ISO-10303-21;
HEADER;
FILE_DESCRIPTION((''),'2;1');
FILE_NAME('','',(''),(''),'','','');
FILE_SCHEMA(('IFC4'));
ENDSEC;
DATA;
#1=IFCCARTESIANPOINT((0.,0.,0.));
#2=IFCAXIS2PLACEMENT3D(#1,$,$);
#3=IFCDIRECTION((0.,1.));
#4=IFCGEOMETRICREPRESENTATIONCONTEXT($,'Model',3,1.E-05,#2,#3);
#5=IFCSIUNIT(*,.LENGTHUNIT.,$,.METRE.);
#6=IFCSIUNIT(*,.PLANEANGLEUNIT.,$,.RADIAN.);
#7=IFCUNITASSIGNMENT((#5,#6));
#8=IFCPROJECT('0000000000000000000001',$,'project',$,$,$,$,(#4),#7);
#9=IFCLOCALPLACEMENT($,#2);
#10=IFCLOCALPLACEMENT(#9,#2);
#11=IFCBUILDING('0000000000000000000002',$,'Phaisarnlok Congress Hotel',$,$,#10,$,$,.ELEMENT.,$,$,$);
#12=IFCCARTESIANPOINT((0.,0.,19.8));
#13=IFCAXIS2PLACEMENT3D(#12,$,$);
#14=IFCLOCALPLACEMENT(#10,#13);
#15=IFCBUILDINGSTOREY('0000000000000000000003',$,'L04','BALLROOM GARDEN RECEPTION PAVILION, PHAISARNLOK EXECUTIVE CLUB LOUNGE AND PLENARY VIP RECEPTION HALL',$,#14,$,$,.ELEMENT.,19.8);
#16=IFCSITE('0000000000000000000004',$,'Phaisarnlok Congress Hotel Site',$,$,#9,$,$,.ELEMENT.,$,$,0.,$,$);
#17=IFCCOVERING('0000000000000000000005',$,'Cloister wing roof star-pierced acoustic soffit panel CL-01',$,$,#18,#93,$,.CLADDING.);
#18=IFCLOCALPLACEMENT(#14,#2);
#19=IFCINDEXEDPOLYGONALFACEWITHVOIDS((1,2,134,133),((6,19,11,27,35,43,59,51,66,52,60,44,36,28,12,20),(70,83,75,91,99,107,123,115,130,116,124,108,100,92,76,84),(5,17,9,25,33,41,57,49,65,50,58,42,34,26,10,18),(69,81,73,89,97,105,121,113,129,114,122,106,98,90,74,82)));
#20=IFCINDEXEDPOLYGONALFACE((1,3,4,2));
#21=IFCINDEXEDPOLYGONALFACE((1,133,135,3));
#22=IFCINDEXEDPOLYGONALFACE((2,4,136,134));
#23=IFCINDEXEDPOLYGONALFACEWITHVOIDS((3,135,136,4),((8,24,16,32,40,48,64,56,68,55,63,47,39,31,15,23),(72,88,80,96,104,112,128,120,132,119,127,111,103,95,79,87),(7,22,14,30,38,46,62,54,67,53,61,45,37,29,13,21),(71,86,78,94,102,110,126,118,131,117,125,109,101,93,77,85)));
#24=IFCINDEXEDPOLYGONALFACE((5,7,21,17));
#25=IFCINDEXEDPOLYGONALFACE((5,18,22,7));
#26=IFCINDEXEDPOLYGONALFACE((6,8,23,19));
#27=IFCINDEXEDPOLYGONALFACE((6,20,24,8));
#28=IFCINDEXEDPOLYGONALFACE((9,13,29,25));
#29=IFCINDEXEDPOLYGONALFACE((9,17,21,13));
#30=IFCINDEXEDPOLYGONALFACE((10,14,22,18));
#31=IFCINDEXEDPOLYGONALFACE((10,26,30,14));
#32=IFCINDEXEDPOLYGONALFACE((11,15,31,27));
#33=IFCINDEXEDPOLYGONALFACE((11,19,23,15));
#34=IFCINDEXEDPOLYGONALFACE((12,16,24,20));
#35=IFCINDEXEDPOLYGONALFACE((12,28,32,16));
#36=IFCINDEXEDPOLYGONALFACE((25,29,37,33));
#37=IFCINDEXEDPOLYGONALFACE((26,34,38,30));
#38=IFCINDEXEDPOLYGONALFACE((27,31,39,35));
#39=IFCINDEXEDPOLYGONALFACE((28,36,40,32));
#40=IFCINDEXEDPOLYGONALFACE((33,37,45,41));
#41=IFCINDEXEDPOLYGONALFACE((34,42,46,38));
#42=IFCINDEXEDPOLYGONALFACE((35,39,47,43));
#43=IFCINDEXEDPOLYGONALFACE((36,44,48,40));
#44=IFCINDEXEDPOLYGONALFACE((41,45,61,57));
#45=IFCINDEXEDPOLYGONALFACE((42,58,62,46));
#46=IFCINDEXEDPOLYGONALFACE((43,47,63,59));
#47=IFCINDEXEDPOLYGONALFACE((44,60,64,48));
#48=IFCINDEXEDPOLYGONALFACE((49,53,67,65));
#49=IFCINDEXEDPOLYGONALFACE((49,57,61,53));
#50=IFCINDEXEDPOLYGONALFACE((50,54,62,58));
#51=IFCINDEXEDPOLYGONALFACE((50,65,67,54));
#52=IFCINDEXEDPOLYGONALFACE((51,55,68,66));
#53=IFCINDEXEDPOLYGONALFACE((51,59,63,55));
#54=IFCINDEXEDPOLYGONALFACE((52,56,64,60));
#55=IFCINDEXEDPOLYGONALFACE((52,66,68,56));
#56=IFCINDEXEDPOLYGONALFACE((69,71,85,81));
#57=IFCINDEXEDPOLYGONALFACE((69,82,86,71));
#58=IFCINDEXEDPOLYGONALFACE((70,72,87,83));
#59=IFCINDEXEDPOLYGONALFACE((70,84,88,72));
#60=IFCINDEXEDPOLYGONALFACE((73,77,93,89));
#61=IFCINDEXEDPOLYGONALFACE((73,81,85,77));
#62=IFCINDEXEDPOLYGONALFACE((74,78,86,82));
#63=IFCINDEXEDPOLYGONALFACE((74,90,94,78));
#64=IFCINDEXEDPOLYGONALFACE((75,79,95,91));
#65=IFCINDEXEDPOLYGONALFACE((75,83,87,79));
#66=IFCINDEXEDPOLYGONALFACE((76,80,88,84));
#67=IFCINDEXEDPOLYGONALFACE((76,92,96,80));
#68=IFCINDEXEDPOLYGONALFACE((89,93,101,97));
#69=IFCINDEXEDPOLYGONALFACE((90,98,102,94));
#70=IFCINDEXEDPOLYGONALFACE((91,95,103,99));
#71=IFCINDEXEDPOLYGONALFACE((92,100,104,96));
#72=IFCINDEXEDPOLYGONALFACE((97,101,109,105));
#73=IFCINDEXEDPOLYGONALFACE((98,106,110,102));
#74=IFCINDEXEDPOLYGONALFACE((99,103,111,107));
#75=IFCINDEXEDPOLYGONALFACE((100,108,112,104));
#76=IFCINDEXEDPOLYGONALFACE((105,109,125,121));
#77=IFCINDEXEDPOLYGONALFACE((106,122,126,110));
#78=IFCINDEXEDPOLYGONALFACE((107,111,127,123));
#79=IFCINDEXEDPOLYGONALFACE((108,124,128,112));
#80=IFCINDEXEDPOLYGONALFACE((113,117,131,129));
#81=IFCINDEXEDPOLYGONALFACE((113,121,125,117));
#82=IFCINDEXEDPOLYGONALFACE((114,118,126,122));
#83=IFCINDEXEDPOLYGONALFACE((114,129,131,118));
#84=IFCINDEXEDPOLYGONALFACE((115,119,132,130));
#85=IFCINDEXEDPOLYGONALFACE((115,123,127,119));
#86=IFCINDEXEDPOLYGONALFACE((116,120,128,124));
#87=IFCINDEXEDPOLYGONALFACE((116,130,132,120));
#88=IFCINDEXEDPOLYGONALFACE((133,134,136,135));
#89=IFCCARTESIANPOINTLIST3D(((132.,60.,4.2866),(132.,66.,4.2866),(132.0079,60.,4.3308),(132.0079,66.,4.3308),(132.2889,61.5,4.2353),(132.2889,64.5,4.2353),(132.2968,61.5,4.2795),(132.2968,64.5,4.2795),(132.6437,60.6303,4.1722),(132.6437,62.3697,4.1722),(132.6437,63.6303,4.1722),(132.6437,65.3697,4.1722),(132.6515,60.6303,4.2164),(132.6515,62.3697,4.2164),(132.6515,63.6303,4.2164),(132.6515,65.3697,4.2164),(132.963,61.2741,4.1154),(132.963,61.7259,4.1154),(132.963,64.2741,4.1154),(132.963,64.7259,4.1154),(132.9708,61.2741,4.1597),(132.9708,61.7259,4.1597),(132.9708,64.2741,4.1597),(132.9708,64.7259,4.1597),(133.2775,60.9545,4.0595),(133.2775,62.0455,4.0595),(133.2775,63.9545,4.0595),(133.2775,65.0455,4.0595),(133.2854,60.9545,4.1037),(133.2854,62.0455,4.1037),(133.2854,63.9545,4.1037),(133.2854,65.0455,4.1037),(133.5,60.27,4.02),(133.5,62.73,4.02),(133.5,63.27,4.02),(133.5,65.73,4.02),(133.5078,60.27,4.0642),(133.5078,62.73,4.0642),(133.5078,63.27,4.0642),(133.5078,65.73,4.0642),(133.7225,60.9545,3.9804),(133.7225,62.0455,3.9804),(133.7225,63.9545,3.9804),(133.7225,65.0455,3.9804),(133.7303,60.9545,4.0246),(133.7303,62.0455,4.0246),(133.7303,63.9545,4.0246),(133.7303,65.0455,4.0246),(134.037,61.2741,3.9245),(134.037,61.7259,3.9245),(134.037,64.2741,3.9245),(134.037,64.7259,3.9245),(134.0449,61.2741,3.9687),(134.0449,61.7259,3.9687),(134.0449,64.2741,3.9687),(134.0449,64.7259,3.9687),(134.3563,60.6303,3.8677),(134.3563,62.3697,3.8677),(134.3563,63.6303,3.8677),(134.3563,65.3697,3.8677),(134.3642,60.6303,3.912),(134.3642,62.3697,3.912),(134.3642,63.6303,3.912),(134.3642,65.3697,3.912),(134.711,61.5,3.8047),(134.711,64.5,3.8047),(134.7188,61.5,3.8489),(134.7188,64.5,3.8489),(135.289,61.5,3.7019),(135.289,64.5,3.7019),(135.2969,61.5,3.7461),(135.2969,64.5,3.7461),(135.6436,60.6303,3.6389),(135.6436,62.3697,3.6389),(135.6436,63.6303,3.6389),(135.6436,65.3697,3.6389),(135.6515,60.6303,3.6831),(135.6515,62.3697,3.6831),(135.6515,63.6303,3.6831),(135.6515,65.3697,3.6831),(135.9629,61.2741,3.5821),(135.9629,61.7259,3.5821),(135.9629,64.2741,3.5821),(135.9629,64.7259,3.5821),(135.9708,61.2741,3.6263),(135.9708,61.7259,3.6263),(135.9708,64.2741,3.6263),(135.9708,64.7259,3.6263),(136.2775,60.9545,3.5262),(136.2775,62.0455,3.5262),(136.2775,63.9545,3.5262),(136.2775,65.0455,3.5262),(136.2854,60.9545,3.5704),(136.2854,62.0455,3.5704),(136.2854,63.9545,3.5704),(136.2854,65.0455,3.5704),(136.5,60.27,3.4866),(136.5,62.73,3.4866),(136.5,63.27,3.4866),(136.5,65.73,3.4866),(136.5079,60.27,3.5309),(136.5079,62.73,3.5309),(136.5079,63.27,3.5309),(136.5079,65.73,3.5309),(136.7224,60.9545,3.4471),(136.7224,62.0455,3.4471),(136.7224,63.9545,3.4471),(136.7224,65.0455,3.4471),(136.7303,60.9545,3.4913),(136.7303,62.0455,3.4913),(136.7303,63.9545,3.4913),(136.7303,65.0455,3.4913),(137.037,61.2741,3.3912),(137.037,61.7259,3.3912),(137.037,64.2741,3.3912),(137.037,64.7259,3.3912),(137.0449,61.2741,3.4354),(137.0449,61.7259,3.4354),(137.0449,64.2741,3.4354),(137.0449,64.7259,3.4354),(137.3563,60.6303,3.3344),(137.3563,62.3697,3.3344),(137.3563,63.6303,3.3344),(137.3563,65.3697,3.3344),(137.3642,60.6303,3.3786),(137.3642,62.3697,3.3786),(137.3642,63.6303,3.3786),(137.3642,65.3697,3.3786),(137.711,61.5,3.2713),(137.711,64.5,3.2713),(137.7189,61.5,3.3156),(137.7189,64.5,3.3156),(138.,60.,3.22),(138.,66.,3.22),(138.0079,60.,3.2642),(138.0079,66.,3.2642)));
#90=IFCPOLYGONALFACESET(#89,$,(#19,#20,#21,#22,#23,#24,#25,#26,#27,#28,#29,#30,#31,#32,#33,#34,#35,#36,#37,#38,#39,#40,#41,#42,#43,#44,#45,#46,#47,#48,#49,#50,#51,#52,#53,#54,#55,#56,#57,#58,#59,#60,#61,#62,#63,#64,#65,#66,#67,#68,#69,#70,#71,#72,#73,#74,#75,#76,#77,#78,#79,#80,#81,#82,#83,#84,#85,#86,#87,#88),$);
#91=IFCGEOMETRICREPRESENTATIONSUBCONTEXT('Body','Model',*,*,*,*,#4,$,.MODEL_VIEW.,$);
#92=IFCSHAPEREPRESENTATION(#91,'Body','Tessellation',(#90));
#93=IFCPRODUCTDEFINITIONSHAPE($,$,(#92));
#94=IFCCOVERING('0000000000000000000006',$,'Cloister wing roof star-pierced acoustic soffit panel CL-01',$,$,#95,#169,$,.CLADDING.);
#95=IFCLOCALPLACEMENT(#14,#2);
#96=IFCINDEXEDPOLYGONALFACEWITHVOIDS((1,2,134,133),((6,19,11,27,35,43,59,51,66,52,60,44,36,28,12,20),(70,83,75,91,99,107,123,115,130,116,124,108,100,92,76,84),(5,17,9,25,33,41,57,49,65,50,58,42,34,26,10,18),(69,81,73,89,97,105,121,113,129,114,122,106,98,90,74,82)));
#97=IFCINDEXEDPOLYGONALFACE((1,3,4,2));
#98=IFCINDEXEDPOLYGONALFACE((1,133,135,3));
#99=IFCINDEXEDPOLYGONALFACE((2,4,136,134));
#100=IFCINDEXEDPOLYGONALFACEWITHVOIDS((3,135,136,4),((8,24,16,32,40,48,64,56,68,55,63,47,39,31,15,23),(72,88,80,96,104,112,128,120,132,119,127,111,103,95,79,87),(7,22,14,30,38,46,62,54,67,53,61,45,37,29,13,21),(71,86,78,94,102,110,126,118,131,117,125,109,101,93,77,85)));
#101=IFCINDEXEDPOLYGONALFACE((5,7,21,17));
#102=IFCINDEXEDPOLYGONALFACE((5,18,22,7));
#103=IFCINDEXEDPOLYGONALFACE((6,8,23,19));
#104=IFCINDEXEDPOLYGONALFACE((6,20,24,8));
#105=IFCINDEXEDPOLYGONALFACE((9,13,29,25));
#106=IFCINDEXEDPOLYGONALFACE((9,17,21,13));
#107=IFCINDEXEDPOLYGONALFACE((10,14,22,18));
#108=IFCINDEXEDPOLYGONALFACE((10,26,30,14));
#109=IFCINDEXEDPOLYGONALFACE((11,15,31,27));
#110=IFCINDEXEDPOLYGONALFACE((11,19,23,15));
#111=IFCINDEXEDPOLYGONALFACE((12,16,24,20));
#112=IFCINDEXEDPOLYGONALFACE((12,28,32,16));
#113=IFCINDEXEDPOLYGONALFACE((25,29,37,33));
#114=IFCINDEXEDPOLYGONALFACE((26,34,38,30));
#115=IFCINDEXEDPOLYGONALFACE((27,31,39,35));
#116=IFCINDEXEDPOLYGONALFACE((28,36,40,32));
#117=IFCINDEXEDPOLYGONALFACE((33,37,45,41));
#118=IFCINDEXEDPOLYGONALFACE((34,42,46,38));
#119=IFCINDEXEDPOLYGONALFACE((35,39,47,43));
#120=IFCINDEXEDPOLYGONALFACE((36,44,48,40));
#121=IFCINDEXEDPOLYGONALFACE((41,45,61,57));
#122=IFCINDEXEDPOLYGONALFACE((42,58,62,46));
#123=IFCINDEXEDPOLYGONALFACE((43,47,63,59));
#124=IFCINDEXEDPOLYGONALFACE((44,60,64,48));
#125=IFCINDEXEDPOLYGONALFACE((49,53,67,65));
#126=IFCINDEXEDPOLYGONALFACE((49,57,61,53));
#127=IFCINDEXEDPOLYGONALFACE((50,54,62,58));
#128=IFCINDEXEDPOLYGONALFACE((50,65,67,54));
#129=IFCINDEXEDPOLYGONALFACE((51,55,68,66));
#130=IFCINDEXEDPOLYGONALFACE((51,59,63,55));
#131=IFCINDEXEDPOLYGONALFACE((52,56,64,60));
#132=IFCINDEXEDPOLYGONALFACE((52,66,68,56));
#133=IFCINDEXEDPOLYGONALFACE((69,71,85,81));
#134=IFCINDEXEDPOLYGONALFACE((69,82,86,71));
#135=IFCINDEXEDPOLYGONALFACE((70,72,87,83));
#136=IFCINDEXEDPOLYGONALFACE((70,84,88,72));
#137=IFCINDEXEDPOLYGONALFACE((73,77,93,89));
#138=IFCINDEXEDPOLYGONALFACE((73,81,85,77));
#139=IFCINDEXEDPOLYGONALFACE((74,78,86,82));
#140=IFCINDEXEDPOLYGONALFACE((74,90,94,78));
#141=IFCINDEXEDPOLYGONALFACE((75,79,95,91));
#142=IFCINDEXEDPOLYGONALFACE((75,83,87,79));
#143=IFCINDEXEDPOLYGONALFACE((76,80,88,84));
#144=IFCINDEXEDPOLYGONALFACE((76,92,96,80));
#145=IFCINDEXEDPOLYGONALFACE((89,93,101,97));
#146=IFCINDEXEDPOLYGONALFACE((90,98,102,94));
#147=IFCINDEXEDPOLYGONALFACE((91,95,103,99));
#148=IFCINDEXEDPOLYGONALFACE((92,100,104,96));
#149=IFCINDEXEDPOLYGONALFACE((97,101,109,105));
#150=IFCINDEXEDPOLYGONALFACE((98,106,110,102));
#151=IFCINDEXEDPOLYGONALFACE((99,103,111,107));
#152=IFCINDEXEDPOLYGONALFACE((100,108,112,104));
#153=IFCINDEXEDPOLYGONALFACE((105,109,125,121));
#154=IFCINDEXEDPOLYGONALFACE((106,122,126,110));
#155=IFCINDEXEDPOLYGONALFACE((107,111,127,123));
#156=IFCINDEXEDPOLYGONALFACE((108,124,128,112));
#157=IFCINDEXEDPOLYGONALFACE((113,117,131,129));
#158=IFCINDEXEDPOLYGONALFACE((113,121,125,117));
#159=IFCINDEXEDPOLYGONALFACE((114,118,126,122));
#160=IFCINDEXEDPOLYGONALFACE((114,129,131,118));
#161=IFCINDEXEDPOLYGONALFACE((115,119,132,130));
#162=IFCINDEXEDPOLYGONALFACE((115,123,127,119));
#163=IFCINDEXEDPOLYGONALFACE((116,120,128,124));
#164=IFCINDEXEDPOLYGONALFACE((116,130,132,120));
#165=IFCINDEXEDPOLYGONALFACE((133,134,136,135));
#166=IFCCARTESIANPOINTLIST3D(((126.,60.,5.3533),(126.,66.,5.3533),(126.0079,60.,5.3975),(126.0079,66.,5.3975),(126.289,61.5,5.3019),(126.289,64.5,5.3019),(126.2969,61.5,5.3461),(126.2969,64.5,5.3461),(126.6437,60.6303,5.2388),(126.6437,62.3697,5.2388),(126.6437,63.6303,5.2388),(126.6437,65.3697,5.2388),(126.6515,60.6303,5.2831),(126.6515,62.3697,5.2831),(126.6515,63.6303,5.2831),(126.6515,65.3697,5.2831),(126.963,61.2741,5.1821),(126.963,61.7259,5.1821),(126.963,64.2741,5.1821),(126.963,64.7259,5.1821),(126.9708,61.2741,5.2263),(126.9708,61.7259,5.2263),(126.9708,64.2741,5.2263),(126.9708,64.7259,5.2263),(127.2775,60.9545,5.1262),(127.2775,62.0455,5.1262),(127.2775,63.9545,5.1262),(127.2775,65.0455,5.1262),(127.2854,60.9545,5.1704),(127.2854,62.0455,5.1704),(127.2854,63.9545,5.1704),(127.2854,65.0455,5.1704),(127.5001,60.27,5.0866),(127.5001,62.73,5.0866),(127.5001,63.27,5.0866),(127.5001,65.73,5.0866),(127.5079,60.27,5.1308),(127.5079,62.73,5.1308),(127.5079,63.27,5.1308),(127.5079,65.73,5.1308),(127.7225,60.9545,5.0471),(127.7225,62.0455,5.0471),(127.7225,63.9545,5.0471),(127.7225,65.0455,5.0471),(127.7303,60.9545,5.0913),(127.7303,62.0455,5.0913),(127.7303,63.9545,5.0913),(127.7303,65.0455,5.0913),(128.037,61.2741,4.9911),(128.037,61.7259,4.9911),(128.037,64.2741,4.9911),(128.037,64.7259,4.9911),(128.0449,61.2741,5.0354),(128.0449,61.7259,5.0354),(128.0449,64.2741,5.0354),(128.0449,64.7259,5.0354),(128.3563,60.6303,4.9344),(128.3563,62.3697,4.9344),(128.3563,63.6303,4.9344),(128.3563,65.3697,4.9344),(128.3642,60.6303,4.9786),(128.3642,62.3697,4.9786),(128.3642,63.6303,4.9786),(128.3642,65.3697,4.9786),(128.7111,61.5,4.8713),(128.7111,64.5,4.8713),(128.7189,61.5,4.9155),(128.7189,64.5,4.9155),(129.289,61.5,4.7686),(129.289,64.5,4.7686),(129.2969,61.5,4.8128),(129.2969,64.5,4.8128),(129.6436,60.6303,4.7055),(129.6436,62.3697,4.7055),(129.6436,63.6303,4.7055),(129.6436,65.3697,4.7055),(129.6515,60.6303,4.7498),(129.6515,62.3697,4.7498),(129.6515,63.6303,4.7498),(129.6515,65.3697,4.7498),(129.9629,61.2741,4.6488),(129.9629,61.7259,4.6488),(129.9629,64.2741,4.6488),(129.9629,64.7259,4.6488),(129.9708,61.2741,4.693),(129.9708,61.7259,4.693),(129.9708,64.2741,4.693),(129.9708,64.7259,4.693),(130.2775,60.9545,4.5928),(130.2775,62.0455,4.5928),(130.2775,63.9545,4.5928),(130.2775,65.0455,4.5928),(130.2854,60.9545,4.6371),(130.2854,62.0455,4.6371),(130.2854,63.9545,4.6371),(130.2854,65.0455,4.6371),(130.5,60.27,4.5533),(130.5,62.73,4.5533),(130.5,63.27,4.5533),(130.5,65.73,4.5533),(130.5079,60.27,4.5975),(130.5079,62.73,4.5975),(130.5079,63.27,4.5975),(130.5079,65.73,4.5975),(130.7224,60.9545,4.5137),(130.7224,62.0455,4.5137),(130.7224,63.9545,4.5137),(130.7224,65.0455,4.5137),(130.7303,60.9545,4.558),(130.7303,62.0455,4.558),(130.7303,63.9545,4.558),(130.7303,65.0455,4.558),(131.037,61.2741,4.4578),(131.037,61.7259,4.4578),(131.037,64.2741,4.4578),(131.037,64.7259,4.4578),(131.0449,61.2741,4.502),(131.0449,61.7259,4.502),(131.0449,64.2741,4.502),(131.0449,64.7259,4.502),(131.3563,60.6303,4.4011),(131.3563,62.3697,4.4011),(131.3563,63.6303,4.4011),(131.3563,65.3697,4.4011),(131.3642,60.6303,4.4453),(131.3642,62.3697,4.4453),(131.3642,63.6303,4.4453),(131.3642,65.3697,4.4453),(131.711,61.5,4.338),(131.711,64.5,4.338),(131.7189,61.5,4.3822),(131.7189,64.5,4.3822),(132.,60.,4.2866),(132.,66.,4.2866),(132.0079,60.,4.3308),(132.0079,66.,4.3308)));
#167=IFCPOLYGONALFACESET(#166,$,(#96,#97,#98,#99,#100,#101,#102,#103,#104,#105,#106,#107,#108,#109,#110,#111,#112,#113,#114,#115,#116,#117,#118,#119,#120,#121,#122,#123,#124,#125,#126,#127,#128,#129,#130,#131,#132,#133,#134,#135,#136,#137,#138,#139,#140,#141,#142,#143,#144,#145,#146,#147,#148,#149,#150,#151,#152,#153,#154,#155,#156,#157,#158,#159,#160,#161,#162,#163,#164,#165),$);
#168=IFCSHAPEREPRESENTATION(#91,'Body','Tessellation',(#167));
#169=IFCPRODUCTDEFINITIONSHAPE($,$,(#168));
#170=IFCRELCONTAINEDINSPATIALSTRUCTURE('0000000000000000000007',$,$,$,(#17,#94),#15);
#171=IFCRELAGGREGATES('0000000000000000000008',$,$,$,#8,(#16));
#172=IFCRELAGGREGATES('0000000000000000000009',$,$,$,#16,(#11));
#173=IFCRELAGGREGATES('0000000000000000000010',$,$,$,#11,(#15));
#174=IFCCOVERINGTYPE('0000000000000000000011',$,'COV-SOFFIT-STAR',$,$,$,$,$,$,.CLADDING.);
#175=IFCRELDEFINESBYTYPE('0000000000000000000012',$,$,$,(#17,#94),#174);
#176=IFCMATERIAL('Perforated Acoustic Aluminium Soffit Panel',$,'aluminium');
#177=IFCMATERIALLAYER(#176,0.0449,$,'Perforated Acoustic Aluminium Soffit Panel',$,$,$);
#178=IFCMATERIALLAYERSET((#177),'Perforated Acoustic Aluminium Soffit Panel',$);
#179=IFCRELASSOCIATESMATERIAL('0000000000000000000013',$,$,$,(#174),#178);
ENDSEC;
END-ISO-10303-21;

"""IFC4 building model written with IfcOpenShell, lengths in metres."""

from ifc_helpers import new_model, si_unit, direction, frame, origin, place, context, subcontext, project, spatial, polyline, outline, extrude, material, layer, layer_set, type_object, element, save


model = new_model("IFC4")

# Units and contexts
model_context = context("Model", 3, precision=1e-05, world=origin(), true_north=direction((0.0, 1.0)))
body_context = subcontext(model_context, "Body", "Model", "MODEL_VIEW")
ifc_project = project(units=[si_unit("LENGTHUNIT", "METRE"), si_unit("PLANEANGLEUNIT", "RADIAN")], contexts=[model_context])

# Site, building, storey
site_placement = place(None, origin())
site = spatial("IfcSite", under=ifc_project, at=site_placement, Name="Phaisarnlok Congress Hotel Site", CompositionType="ELEMENT", RefElevation=0.0)
building_placement = place(site_placement, origin())
building = spatial("IfcBuilding", under=site, at=building_placement, Name="Phaisarnlok Congress Hotel", CompositionType="ELEMENT")
storey_placement = place(building_placement, frame((0.0, 0.0, 19.8)))
storey = spatial("IfcBuildingStorey", under=building, at=storey_placement, Name="L04", Description="BALLROOM GARDEN RECEPTION PAVILION, PHAISARNLOK EXECUTIVE CLUB LOUNGE AND PLENARY VIP RECEPTION HALL", CompositionType="ELEMENT", Elevation=19.8)

# Coverings
ifc_material_1 = material(Name="Perforated Acoustic Aluminium Soffit Panel", Category="aluminium")
ifc_layer_1 = layer(ifc_material_1, 0.0449, Name="Perforated Acoustic Aluminium Soffit Panel")
ifc_layer_set_1 = layer_set([ifc_layer_1], Name="Perforated Acoustic Aluminium Soffit Panel")
covering_type = type_object("IfcCoveringType", Name="COV-SOFFIT-STAR", PredefinedType="CLADDING", material=ifc_layer_set_1)
covering_1_placement = place(storey_placement, frame((138.0, 60.0, 3.22), z_axis=(0.175031, 0.0, 0.984563), x_axis=(0.0, 1.0, 0.0)))
element("IfcCovering", 1, at=covering_1_placement, inside=storey, type_object=covering_type, Name="Cloister wing roof star-pierced acoustic soffit panel CL-01", PredefinedType="CLADDING", context=body_context, shape_type="SweptSolid", body=[
    extrude(outline(polyline([(0.0, 0.0), (6.0, 0.0), (6.0, 6.0941), (0.0, 6.0941), (0.0, 0.0)]), holes=[polyline([(2.0455, 1.2976), (2.3697, 0.6538), (1.7259, 0.9781), (1.5, 0.2935), (1.2741, 0.9781), (0.6303, 0.6538), (0.9545, 1.2976), (0.27, 1.5235), (0.9545, 1.7495), (0.6303, 2.3933), (1.2741, 2.069), (1.5, 2.7535), (1.7259, 2.069), (2.3697, 2.3933), (2.0455, 1.7495), (2.73, 1.5235), (2.0455, 1.2976)]), polyline([(2.0455, 4.3446), (2.3697, 3.7008), (1.7259, 4.0251), (1.5, 3.3406), (1.2741, 4.0251), (0.6303, 3.7008), (0.9545, 4.3446), (0.27, 4.5706), (0.9545, 4.7965), (0.6303, 5.4403), (1.2741, 5.116), (1.5, 5.8006), (1.7259, 5.116), (2.3697, 5.4403), (2.0455, 4.7965), (2.73, 4.5706), (2.0455, 4.3446)]), polyline([(5.0455, 1.2976), (5.3697, 0.6538), (4.7259, 0.9781), (4.5, 0.2935), (4.2741, 0.9781), (3.6303, 0.6538), (3.9545, 1.2976), (3.27, 1.5235), (3.9545, 1.7495), (3.6303, 2.3933), (4.2741, 2.069), (4.5, 2.7535), (4.7259, 2.069), (5.3697, 2.3933), (5.0455, 1.7495), (5.73, 1.5235), (5.0455, 1.2976)]), polyline([(5.0455, 4.3446), (5.3697, 3.7008), (4.7259, 4.0251), (4.5, 3.3406), (4.2741, 4.0251), (3.6303, 3.7008), (3.9545, 4.3446), (3.27, 4.5706), (3.9545, 4.7965), (3.6303, 5.4403), (4.2741, 5.116), (4.5, 5.8006), (4.7259, 5.116), (5.3697, 5.4403), (5.0455, 4.7965), (5.73, 4.5706), (5.0455, 4.3446)])]), origin(), (0.0, 0.0, 1.0), 0.0449),
])
covering_2_placement = place(storey_placement, frame((132.0, 60.0, 4.2866), z_axis=(0.175031, 0.0, 0.984563), x_axis=(0.0, 1.0, 0.0)))
element("IfcCovering", 2, at=covering_2_placement, inside=storey, type_object=covering_type, Name="Cloister wing roof star-pierced acoustic soffit panel CL-01", PredefinedType="CLADDING", context=body_context, shape_type="SweptSolid", body=[
    extrude(outline(polyline([(0.0, 0.0), (6.0, 0.0), (6.0, 6.0941), (0.0, 6.0941), (0.0, 0.0)]), holes=[polyline([(2.0455, 1.2976), (2.3697, 0.6538), (1.7259, 0.9781), (1.5, 0.2935), (1.2741, 0.9781), (0.6303, 0.6538), (0.9545, 1.2976), (0.27, 1.5235), (0.9545, 1.7495), (0.6303, 2.3933), (1.2741, 2.069), (1.5, 2.7535), (1.7259, 2.069), (2.3697, 2.3933), (2.0455, 1.7495), (2.73, 1.5235), (2.0455, 1.2976)]), polyline([(2.0455, 4.3446), (2.3697, 3.7008), (1.7259, 4.0251), (1.5, 3.3405), (1.2741, 4.0251), (0.6303, 3.7008), (0.9545, 4.3446), (0.27, 4.5705), (0.9545, 4.7965), (0.6303, 5.4403), (1.2741, 5.116), (1.5, 5.8005), (1.7259, 5.116), (2.3697, 5.4403), (2.0455, 4.7965), (2.73, 4.5705), (2.0455, 4.3446)]), polyline([(5.0455, 1.2976), (5.3697, 0.6538), (4.7259, 0.9781), (4.5, 0.2935), (4.2741, 0.9781), (3.6303, 0.6538), (3.9545, 1.2976), (3.27, 1.5235), (3.9545, 1.7495), (3.6303, 2.3933), (4.2741, 2.069), (4.5, 2.7535), (4.7259, 2.069), (5.3697, 2.3933), (5.0455, 1.7495), (5.73, 1.5235), (5.0455, 1.2976)]), polyline([(5.0455, 4.3446), (5.3697, 3.7008), (4.7259, 4.0251), (4.5, 3.3405), (4.2741, 4.0251), (3.6303, 3.7008), (3.9545, 4.3446), (3.27, 4.5705), (3.9545, 4.7965), (3.6303, 5.4403), (4.2741, 5.116), (4.5, 5.8005), (4.7259, 5.116), (5.3697, 5.4403), (5.0455, 4.7965), (5.73, 4.5705), (5.0455, 4.3446)])]), origin(), (0.0, 0.0, 1.0), 0.0449),
])

save(model, "model.ifc")
